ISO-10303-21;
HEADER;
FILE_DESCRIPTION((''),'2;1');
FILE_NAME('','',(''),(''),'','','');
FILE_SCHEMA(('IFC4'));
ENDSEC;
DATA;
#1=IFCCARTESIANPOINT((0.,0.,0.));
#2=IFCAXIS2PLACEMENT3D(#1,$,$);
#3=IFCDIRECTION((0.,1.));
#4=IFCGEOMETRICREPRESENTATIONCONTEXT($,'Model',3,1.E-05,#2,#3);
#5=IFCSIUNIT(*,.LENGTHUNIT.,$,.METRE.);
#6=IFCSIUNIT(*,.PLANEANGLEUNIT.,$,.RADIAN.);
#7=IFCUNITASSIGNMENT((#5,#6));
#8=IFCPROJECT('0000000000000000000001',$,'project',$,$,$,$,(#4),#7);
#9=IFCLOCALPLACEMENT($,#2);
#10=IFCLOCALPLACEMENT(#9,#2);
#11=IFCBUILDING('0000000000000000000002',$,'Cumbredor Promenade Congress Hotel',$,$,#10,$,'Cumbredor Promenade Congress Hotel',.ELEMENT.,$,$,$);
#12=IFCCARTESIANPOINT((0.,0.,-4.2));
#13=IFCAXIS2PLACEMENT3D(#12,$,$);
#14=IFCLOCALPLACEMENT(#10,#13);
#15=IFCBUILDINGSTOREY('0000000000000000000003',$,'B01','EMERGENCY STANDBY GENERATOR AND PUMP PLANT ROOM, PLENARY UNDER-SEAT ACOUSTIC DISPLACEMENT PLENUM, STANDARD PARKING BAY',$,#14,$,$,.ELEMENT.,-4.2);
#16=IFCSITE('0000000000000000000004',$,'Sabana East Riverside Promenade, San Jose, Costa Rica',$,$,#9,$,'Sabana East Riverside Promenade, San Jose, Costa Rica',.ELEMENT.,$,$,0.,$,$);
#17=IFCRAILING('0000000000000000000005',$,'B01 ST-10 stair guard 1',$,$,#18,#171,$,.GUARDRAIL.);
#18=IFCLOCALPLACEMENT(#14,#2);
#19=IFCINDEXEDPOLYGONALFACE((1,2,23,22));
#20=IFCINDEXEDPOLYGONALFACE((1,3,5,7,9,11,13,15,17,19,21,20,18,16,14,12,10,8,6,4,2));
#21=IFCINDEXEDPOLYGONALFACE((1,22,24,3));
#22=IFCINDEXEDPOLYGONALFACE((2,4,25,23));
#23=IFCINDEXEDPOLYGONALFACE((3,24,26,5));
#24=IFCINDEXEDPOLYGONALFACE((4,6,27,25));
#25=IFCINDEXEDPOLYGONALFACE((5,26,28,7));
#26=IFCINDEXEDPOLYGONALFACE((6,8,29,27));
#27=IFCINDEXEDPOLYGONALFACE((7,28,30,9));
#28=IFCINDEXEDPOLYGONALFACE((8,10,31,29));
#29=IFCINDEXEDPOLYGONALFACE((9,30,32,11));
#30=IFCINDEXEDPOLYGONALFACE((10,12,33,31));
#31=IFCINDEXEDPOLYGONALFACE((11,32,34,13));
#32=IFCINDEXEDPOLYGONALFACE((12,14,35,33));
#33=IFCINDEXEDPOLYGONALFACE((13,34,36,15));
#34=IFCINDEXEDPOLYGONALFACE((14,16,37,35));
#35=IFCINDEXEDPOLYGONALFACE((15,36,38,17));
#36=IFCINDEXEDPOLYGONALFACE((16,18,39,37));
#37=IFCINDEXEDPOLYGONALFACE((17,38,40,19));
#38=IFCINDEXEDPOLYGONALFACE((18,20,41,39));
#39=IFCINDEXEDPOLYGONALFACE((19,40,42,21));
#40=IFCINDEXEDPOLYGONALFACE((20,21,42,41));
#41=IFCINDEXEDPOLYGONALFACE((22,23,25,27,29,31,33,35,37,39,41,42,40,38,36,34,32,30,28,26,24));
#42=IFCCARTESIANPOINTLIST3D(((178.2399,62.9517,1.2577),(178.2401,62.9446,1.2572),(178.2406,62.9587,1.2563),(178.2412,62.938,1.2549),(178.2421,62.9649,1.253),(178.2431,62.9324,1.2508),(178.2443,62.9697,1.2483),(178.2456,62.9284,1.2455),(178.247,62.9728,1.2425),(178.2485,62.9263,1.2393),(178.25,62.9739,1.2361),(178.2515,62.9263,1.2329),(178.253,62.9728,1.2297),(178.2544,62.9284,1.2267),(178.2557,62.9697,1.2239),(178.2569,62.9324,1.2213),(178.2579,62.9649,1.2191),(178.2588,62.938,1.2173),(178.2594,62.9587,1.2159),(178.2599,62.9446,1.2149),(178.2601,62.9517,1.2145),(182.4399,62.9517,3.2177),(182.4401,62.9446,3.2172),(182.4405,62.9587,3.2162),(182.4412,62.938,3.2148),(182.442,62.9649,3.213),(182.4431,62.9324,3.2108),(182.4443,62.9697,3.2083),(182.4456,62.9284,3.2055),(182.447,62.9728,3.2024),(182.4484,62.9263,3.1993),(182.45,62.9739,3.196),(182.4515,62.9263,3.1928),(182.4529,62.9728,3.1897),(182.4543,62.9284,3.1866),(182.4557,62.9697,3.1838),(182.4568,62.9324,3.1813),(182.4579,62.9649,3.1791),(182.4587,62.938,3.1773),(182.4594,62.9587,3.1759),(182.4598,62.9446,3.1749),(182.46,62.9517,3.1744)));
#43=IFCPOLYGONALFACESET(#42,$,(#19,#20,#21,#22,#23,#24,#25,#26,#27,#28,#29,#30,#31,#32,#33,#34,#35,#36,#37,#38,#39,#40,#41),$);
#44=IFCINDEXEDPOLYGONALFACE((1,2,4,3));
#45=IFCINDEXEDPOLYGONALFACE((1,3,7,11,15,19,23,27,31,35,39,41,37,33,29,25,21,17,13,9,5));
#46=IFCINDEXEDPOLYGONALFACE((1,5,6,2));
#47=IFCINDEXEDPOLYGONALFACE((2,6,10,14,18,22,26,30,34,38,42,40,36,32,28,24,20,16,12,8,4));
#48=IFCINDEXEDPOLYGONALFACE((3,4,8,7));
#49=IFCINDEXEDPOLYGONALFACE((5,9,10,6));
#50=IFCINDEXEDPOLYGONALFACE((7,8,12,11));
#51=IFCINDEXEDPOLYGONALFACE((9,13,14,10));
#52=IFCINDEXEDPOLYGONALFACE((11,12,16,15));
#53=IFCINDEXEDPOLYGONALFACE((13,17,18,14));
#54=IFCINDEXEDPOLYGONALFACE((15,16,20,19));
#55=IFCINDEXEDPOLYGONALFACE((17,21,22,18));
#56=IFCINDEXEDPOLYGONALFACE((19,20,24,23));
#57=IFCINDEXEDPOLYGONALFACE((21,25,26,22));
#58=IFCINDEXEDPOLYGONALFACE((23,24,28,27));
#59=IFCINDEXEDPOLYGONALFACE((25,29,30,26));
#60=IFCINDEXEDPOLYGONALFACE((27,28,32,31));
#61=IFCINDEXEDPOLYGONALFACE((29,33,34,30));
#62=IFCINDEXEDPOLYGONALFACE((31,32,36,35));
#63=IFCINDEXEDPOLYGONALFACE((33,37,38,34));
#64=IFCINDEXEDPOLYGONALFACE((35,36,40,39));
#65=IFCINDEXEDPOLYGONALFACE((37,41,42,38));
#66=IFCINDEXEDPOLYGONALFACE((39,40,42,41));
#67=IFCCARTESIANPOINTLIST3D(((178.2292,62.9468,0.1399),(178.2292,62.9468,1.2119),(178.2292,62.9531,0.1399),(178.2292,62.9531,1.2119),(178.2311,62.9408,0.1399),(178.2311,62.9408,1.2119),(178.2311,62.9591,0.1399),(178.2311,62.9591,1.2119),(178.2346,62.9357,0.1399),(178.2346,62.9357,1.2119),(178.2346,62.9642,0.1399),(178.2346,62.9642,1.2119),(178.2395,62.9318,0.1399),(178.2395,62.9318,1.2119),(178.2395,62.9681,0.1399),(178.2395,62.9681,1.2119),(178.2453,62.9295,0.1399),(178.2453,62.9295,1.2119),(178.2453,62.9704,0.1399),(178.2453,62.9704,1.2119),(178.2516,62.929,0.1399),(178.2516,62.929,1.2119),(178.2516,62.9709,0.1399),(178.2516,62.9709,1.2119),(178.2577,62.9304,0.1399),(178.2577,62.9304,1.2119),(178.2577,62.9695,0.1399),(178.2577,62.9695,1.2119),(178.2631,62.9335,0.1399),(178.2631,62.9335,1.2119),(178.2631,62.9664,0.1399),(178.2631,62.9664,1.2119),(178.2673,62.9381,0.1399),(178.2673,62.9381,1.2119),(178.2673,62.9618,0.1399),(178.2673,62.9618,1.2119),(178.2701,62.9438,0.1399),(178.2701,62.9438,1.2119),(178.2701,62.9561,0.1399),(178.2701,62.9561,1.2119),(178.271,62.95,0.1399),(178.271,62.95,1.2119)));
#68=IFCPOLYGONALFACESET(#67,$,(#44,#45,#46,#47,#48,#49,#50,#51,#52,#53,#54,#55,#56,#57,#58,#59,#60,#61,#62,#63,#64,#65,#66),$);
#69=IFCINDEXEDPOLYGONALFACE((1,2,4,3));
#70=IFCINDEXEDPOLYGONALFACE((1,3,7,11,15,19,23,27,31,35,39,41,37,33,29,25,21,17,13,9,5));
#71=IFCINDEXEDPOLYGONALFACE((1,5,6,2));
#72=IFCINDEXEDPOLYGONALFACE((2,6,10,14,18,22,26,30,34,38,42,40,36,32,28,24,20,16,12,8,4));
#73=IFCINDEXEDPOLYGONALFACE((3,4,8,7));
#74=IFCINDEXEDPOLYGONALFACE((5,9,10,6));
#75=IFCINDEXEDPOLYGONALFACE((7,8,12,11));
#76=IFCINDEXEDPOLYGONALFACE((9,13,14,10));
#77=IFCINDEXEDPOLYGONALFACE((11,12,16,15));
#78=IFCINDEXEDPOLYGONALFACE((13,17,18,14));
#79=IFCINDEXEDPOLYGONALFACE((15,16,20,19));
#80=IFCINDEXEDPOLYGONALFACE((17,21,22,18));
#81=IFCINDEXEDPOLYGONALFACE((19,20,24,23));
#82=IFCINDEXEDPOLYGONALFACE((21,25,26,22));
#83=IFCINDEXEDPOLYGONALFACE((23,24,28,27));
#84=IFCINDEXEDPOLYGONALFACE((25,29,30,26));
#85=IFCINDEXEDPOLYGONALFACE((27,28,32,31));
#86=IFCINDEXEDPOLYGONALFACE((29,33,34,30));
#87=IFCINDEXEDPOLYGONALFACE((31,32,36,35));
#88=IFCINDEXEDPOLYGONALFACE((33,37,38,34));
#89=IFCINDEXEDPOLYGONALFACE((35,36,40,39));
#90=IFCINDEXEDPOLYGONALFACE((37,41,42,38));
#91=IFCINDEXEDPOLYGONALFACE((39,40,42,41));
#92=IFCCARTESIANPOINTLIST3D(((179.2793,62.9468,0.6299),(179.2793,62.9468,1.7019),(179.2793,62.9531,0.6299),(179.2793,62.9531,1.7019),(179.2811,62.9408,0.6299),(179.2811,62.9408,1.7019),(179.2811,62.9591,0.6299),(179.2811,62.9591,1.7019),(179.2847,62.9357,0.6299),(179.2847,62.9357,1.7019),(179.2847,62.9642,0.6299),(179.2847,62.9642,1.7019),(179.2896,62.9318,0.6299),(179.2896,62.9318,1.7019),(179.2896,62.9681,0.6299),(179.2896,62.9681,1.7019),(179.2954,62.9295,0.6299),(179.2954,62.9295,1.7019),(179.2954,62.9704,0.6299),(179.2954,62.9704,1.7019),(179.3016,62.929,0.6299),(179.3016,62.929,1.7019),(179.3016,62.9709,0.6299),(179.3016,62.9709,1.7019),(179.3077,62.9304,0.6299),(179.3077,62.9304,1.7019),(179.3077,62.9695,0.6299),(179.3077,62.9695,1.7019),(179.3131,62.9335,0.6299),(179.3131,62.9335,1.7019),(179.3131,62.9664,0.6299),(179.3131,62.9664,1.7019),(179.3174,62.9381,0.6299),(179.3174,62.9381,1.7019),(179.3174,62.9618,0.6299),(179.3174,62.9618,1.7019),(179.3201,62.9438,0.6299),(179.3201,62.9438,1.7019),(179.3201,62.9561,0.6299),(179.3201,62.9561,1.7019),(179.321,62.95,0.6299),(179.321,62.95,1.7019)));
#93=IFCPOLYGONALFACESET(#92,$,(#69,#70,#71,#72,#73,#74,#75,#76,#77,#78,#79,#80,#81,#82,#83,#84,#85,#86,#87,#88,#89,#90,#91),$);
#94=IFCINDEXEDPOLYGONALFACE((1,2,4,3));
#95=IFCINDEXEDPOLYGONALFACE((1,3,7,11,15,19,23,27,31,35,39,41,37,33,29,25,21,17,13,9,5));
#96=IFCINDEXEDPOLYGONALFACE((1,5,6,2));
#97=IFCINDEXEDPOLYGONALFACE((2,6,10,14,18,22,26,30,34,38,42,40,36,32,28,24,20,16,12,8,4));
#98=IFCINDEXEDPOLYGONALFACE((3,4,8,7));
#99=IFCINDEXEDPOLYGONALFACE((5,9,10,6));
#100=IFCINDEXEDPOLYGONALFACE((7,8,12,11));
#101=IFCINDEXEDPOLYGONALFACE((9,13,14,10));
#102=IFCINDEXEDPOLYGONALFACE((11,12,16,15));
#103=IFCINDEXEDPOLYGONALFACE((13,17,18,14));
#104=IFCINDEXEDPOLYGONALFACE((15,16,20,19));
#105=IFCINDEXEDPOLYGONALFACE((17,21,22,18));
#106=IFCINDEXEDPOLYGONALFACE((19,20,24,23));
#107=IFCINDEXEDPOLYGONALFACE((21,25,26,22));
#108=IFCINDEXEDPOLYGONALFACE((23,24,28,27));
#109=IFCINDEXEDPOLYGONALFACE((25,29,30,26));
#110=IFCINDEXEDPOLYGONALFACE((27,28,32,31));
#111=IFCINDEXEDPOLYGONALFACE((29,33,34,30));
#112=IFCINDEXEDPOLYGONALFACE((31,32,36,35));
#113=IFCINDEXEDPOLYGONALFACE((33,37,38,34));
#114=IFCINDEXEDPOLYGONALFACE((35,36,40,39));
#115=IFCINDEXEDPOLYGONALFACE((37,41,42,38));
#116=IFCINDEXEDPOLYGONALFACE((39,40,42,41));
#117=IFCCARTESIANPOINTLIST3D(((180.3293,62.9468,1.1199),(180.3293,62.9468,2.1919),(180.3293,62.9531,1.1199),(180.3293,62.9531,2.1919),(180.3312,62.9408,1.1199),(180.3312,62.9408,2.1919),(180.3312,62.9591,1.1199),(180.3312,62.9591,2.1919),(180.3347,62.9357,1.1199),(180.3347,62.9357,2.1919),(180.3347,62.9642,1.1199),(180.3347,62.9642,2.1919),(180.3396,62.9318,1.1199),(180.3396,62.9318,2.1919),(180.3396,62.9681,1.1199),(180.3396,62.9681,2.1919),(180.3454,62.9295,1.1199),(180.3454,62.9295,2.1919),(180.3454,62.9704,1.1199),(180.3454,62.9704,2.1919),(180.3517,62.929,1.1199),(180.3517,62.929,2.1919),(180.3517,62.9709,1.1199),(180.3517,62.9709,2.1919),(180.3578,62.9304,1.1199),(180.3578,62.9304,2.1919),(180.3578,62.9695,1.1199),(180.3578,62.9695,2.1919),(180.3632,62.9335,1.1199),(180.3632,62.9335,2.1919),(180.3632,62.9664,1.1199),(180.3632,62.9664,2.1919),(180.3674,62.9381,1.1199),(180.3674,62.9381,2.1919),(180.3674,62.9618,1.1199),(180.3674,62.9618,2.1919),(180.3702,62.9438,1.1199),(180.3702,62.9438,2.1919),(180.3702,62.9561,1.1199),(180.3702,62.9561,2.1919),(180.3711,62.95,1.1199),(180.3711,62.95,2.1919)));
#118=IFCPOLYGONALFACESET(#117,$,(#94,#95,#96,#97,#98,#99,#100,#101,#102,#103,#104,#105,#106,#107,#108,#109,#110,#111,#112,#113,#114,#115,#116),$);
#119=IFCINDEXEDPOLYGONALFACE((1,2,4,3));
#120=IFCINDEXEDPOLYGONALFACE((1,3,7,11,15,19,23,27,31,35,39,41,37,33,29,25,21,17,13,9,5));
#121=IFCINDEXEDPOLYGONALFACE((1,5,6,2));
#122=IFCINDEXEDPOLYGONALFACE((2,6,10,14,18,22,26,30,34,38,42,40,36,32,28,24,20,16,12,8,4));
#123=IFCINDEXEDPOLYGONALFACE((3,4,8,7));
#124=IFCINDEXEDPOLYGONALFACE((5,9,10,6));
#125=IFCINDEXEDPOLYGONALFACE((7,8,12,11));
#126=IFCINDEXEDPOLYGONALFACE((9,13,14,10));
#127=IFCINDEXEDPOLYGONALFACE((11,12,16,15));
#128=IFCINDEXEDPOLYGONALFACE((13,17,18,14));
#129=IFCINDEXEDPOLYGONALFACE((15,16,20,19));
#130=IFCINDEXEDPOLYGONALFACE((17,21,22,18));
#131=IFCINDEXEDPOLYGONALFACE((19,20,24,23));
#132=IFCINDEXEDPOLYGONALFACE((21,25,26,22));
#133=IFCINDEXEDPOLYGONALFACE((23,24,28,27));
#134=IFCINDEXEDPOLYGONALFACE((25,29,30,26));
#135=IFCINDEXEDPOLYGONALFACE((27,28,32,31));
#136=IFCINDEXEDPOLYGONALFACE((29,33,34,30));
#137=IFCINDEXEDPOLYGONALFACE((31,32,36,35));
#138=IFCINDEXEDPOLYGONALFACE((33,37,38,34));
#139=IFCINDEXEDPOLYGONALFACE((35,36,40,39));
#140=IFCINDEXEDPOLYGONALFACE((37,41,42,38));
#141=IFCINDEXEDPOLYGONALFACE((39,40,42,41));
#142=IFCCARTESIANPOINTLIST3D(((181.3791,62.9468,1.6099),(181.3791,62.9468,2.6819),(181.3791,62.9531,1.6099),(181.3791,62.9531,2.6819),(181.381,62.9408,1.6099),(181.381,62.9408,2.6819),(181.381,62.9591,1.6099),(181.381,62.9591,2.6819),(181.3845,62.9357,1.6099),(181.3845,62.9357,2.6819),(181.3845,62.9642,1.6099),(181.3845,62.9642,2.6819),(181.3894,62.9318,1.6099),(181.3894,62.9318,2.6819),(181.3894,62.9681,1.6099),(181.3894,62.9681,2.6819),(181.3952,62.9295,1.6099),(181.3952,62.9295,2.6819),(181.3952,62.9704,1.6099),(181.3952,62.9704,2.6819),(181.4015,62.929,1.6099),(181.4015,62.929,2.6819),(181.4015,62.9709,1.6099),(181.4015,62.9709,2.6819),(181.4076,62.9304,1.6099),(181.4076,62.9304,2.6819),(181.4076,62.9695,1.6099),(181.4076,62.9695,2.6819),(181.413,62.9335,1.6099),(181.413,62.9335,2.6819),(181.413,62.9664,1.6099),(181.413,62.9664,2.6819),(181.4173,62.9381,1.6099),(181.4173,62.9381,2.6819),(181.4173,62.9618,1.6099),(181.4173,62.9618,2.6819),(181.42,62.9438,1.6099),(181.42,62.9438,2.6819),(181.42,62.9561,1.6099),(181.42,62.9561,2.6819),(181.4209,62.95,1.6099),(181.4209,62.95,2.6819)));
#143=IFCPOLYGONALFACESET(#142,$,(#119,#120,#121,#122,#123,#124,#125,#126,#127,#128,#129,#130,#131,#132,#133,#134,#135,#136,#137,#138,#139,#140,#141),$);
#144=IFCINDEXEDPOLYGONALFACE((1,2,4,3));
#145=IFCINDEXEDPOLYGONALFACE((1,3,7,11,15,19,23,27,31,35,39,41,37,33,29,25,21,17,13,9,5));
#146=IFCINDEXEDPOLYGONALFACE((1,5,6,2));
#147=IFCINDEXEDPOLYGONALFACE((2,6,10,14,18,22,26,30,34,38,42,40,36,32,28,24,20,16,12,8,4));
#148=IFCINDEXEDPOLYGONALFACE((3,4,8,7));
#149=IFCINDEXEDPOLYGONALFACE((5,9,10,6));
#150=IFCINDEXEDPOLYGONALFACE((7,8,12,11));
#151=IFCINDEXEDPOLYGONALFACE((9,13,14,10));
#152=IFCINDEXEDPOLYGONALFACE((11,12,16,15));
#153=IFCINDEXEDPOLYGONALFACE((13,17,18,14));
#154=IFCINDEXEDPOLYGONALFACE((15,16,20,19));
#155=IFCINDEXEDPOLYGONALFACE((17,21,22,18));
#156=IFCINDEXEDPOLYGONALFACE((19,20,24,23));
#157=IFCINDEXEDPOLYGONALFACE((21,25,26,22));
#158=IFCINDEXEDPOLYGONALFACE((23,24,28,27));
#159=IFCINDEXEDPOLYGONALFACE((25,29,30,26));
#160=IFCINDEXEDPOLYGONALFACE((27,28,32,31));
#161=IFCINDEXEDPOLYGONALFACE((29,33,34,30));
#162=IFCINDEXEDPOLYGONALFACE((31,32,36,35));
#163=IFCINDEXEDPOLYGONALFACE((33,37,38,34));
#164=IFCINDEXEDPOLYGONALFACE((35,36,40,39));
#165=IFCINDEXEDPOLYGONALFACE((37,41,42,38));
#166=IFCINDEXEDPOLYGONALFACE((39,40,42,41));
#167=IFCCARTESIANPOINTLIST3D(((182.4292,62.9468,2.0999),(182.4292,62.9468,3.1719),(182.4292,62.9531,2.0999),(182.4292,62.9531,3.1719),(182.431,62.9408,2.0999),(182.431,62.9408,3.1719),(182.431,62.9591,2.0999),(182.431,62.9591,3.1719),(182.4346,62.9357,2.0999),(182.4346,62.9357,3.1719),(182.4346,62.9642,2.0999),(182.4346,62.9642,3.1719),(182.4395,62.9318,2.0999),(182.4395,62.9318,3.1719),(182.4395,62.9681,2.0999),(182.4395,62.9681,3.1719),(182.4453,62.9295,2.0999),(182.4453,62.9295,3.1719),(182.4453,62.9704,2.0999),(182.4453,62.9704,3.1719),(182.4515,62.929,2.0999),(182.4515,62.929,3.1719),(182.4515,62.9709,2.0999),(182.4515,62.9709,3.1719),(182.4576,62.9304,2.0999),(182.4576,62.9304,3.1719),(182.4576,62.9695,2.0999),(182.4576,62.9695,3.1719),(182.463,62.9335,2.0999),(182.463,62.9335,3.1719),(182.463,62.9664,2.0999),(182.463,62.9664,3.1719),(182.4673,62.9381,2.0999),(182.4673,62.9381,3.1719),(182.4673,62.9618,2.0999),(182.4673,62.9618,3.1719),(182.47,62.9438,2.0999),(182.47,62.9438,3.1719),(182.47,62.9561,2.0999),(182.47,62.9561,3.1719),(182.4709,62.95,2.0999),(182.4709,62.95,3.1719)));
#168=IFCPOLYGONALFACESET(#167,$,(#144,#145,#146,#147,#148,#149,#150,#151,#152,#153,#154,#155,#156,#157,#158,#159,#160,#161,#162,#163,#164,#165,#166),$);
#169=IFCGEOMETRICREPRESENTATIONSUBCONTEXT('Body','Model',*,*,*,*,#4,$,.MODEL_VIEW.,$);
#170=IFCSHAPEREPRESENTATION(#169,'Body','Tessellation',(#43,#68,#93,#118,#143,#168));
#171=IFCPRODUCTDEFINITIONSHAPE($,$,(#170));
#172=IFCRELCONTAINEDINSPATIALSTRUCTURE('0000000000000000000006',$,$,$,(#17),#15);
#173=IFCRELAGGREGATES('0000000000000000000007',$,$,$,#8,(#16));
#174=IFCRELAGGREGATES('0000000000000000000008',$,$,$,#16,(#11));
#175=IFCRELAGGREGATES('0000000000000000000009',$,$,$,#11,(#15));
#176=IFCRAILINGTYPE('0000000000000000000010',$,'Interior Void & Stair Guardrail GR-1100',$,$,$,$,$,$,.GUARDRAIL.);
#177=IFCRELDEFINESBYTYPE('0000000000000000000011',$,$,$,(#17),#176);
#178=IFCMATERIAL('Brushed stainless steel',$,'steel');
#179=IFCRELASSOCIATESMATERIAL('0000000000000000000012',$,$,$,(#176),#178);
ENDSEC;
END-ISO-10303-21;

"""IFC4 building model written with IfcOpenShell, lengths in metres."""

from ifc_helpers import new_model, si_unit, direction, frame, origin, origin_2d, place, context, subcontext, project, spatial, circle, extrude, material, type_object, element, save


model = new_model("IFC4")

# Units and contexts
model_context = context("Model", 3, precision=1e-05, world=origin(), true_north=direction((0.0, 1.0)))
body_context = subcontext(model_context, "Body", "Model", "MODEL_VIEW")
ifc_project = project(units=[si_unit("LENGTHUNIT", "METRE"), si_unit("PLANEANGLEUNIT", "RADIAN")], contexts=[model_context])

# Site, building, storey
site_placement = place(None, origin())
site = spatial("IfcSite", under=ifc_project, at=site_placement, Name="Sabana East Riverside Promenade, San Jose, Costa Rica", LongName="Sabana East Riverside Promenade, San Jose, Costa Rica", CompositionType="ELEMENT", RefElevation=0.0)
building_placement = place(site_placement, origin())
building = spatial("IfcBuilding", under=site, at=building_placement, Name="Cumbredor Promenade Congress Hotel", LongName="Cumbredor Promenade Congress Hotel", CompositionType="ELEMENT")
storey_placement = place(building_placement, frame((0.0, 0.0, -4.2)))
storey = spatial("IfcBuildingStorey", under=building, at=storey_placement, Name="B01", Description="EMERGENCY STANDBY GENERATOR AND PUMP PLANT ROOM, PLENARY UNDER-SEAT ACOUSTIC DISPLACEMENT PLENUM, STANDARD PARKING BAY", CompositionType="ELEMENT", Elevation=-4.2)

# Railing
ifc_material_1 = material(Name="Brushed stainless steel", Category="steel")
railing_type_1 = type_object("IfcRailingType", Name="Interior Void & Stair Guardrail GR-1100", PredefinedType="GUARDRAIL", material=ifc_material_1)
railing_1_placement = place(storey_placement, frame((178.25, 62.95, 0.1399)))
element("IfcRailing", 1, at=railing_1_placement, inside=storey, type_object=railing_type_1, Name="B01 ST-10 stair guard 1", PredefinedType="GUARDRAIL", context=body_context, shape_type="SweptSolid", body=[
    extrude(circle(Radius=0.0239, at=origin_2d()), frame((0.0, 0.0, 1.0962), z_axis=(0.906184, 0.0, 0.422883), x_axis=(0.0, 1.0, 0.0)), (0.0, 0.0, 1.0), 4.6348),
    extrude(circle(Radius=0.021, at=origin_2d()), origin(), (0.0, 0.0, 1.0), 1.072),
    extrude(circle(Radius=0.021, at=origin_2d()), frame((1.05, 0.0, 0.49)), (0.0, 0.0, 1.0), 1.072),
    extrude(circle(Radius=0.021, at=origin_2d()), frame((2.1001, 0.0, 0.98)), (0.0, 0.0, 1.0), 1.072),
    extrude(circle(Radius=0.021, at=origin_2d()), frame((3.1499, 0.0, 1.47)), (0.0, 0.0, 1.0), 1.072),
    extrude(circle(Radius=0.021, at=origin_2d()), frame((4.2, 0.0, 1.96)), (0.0, 0.0, 1.0), 1.072),
])

save(model, "model.ifc")
